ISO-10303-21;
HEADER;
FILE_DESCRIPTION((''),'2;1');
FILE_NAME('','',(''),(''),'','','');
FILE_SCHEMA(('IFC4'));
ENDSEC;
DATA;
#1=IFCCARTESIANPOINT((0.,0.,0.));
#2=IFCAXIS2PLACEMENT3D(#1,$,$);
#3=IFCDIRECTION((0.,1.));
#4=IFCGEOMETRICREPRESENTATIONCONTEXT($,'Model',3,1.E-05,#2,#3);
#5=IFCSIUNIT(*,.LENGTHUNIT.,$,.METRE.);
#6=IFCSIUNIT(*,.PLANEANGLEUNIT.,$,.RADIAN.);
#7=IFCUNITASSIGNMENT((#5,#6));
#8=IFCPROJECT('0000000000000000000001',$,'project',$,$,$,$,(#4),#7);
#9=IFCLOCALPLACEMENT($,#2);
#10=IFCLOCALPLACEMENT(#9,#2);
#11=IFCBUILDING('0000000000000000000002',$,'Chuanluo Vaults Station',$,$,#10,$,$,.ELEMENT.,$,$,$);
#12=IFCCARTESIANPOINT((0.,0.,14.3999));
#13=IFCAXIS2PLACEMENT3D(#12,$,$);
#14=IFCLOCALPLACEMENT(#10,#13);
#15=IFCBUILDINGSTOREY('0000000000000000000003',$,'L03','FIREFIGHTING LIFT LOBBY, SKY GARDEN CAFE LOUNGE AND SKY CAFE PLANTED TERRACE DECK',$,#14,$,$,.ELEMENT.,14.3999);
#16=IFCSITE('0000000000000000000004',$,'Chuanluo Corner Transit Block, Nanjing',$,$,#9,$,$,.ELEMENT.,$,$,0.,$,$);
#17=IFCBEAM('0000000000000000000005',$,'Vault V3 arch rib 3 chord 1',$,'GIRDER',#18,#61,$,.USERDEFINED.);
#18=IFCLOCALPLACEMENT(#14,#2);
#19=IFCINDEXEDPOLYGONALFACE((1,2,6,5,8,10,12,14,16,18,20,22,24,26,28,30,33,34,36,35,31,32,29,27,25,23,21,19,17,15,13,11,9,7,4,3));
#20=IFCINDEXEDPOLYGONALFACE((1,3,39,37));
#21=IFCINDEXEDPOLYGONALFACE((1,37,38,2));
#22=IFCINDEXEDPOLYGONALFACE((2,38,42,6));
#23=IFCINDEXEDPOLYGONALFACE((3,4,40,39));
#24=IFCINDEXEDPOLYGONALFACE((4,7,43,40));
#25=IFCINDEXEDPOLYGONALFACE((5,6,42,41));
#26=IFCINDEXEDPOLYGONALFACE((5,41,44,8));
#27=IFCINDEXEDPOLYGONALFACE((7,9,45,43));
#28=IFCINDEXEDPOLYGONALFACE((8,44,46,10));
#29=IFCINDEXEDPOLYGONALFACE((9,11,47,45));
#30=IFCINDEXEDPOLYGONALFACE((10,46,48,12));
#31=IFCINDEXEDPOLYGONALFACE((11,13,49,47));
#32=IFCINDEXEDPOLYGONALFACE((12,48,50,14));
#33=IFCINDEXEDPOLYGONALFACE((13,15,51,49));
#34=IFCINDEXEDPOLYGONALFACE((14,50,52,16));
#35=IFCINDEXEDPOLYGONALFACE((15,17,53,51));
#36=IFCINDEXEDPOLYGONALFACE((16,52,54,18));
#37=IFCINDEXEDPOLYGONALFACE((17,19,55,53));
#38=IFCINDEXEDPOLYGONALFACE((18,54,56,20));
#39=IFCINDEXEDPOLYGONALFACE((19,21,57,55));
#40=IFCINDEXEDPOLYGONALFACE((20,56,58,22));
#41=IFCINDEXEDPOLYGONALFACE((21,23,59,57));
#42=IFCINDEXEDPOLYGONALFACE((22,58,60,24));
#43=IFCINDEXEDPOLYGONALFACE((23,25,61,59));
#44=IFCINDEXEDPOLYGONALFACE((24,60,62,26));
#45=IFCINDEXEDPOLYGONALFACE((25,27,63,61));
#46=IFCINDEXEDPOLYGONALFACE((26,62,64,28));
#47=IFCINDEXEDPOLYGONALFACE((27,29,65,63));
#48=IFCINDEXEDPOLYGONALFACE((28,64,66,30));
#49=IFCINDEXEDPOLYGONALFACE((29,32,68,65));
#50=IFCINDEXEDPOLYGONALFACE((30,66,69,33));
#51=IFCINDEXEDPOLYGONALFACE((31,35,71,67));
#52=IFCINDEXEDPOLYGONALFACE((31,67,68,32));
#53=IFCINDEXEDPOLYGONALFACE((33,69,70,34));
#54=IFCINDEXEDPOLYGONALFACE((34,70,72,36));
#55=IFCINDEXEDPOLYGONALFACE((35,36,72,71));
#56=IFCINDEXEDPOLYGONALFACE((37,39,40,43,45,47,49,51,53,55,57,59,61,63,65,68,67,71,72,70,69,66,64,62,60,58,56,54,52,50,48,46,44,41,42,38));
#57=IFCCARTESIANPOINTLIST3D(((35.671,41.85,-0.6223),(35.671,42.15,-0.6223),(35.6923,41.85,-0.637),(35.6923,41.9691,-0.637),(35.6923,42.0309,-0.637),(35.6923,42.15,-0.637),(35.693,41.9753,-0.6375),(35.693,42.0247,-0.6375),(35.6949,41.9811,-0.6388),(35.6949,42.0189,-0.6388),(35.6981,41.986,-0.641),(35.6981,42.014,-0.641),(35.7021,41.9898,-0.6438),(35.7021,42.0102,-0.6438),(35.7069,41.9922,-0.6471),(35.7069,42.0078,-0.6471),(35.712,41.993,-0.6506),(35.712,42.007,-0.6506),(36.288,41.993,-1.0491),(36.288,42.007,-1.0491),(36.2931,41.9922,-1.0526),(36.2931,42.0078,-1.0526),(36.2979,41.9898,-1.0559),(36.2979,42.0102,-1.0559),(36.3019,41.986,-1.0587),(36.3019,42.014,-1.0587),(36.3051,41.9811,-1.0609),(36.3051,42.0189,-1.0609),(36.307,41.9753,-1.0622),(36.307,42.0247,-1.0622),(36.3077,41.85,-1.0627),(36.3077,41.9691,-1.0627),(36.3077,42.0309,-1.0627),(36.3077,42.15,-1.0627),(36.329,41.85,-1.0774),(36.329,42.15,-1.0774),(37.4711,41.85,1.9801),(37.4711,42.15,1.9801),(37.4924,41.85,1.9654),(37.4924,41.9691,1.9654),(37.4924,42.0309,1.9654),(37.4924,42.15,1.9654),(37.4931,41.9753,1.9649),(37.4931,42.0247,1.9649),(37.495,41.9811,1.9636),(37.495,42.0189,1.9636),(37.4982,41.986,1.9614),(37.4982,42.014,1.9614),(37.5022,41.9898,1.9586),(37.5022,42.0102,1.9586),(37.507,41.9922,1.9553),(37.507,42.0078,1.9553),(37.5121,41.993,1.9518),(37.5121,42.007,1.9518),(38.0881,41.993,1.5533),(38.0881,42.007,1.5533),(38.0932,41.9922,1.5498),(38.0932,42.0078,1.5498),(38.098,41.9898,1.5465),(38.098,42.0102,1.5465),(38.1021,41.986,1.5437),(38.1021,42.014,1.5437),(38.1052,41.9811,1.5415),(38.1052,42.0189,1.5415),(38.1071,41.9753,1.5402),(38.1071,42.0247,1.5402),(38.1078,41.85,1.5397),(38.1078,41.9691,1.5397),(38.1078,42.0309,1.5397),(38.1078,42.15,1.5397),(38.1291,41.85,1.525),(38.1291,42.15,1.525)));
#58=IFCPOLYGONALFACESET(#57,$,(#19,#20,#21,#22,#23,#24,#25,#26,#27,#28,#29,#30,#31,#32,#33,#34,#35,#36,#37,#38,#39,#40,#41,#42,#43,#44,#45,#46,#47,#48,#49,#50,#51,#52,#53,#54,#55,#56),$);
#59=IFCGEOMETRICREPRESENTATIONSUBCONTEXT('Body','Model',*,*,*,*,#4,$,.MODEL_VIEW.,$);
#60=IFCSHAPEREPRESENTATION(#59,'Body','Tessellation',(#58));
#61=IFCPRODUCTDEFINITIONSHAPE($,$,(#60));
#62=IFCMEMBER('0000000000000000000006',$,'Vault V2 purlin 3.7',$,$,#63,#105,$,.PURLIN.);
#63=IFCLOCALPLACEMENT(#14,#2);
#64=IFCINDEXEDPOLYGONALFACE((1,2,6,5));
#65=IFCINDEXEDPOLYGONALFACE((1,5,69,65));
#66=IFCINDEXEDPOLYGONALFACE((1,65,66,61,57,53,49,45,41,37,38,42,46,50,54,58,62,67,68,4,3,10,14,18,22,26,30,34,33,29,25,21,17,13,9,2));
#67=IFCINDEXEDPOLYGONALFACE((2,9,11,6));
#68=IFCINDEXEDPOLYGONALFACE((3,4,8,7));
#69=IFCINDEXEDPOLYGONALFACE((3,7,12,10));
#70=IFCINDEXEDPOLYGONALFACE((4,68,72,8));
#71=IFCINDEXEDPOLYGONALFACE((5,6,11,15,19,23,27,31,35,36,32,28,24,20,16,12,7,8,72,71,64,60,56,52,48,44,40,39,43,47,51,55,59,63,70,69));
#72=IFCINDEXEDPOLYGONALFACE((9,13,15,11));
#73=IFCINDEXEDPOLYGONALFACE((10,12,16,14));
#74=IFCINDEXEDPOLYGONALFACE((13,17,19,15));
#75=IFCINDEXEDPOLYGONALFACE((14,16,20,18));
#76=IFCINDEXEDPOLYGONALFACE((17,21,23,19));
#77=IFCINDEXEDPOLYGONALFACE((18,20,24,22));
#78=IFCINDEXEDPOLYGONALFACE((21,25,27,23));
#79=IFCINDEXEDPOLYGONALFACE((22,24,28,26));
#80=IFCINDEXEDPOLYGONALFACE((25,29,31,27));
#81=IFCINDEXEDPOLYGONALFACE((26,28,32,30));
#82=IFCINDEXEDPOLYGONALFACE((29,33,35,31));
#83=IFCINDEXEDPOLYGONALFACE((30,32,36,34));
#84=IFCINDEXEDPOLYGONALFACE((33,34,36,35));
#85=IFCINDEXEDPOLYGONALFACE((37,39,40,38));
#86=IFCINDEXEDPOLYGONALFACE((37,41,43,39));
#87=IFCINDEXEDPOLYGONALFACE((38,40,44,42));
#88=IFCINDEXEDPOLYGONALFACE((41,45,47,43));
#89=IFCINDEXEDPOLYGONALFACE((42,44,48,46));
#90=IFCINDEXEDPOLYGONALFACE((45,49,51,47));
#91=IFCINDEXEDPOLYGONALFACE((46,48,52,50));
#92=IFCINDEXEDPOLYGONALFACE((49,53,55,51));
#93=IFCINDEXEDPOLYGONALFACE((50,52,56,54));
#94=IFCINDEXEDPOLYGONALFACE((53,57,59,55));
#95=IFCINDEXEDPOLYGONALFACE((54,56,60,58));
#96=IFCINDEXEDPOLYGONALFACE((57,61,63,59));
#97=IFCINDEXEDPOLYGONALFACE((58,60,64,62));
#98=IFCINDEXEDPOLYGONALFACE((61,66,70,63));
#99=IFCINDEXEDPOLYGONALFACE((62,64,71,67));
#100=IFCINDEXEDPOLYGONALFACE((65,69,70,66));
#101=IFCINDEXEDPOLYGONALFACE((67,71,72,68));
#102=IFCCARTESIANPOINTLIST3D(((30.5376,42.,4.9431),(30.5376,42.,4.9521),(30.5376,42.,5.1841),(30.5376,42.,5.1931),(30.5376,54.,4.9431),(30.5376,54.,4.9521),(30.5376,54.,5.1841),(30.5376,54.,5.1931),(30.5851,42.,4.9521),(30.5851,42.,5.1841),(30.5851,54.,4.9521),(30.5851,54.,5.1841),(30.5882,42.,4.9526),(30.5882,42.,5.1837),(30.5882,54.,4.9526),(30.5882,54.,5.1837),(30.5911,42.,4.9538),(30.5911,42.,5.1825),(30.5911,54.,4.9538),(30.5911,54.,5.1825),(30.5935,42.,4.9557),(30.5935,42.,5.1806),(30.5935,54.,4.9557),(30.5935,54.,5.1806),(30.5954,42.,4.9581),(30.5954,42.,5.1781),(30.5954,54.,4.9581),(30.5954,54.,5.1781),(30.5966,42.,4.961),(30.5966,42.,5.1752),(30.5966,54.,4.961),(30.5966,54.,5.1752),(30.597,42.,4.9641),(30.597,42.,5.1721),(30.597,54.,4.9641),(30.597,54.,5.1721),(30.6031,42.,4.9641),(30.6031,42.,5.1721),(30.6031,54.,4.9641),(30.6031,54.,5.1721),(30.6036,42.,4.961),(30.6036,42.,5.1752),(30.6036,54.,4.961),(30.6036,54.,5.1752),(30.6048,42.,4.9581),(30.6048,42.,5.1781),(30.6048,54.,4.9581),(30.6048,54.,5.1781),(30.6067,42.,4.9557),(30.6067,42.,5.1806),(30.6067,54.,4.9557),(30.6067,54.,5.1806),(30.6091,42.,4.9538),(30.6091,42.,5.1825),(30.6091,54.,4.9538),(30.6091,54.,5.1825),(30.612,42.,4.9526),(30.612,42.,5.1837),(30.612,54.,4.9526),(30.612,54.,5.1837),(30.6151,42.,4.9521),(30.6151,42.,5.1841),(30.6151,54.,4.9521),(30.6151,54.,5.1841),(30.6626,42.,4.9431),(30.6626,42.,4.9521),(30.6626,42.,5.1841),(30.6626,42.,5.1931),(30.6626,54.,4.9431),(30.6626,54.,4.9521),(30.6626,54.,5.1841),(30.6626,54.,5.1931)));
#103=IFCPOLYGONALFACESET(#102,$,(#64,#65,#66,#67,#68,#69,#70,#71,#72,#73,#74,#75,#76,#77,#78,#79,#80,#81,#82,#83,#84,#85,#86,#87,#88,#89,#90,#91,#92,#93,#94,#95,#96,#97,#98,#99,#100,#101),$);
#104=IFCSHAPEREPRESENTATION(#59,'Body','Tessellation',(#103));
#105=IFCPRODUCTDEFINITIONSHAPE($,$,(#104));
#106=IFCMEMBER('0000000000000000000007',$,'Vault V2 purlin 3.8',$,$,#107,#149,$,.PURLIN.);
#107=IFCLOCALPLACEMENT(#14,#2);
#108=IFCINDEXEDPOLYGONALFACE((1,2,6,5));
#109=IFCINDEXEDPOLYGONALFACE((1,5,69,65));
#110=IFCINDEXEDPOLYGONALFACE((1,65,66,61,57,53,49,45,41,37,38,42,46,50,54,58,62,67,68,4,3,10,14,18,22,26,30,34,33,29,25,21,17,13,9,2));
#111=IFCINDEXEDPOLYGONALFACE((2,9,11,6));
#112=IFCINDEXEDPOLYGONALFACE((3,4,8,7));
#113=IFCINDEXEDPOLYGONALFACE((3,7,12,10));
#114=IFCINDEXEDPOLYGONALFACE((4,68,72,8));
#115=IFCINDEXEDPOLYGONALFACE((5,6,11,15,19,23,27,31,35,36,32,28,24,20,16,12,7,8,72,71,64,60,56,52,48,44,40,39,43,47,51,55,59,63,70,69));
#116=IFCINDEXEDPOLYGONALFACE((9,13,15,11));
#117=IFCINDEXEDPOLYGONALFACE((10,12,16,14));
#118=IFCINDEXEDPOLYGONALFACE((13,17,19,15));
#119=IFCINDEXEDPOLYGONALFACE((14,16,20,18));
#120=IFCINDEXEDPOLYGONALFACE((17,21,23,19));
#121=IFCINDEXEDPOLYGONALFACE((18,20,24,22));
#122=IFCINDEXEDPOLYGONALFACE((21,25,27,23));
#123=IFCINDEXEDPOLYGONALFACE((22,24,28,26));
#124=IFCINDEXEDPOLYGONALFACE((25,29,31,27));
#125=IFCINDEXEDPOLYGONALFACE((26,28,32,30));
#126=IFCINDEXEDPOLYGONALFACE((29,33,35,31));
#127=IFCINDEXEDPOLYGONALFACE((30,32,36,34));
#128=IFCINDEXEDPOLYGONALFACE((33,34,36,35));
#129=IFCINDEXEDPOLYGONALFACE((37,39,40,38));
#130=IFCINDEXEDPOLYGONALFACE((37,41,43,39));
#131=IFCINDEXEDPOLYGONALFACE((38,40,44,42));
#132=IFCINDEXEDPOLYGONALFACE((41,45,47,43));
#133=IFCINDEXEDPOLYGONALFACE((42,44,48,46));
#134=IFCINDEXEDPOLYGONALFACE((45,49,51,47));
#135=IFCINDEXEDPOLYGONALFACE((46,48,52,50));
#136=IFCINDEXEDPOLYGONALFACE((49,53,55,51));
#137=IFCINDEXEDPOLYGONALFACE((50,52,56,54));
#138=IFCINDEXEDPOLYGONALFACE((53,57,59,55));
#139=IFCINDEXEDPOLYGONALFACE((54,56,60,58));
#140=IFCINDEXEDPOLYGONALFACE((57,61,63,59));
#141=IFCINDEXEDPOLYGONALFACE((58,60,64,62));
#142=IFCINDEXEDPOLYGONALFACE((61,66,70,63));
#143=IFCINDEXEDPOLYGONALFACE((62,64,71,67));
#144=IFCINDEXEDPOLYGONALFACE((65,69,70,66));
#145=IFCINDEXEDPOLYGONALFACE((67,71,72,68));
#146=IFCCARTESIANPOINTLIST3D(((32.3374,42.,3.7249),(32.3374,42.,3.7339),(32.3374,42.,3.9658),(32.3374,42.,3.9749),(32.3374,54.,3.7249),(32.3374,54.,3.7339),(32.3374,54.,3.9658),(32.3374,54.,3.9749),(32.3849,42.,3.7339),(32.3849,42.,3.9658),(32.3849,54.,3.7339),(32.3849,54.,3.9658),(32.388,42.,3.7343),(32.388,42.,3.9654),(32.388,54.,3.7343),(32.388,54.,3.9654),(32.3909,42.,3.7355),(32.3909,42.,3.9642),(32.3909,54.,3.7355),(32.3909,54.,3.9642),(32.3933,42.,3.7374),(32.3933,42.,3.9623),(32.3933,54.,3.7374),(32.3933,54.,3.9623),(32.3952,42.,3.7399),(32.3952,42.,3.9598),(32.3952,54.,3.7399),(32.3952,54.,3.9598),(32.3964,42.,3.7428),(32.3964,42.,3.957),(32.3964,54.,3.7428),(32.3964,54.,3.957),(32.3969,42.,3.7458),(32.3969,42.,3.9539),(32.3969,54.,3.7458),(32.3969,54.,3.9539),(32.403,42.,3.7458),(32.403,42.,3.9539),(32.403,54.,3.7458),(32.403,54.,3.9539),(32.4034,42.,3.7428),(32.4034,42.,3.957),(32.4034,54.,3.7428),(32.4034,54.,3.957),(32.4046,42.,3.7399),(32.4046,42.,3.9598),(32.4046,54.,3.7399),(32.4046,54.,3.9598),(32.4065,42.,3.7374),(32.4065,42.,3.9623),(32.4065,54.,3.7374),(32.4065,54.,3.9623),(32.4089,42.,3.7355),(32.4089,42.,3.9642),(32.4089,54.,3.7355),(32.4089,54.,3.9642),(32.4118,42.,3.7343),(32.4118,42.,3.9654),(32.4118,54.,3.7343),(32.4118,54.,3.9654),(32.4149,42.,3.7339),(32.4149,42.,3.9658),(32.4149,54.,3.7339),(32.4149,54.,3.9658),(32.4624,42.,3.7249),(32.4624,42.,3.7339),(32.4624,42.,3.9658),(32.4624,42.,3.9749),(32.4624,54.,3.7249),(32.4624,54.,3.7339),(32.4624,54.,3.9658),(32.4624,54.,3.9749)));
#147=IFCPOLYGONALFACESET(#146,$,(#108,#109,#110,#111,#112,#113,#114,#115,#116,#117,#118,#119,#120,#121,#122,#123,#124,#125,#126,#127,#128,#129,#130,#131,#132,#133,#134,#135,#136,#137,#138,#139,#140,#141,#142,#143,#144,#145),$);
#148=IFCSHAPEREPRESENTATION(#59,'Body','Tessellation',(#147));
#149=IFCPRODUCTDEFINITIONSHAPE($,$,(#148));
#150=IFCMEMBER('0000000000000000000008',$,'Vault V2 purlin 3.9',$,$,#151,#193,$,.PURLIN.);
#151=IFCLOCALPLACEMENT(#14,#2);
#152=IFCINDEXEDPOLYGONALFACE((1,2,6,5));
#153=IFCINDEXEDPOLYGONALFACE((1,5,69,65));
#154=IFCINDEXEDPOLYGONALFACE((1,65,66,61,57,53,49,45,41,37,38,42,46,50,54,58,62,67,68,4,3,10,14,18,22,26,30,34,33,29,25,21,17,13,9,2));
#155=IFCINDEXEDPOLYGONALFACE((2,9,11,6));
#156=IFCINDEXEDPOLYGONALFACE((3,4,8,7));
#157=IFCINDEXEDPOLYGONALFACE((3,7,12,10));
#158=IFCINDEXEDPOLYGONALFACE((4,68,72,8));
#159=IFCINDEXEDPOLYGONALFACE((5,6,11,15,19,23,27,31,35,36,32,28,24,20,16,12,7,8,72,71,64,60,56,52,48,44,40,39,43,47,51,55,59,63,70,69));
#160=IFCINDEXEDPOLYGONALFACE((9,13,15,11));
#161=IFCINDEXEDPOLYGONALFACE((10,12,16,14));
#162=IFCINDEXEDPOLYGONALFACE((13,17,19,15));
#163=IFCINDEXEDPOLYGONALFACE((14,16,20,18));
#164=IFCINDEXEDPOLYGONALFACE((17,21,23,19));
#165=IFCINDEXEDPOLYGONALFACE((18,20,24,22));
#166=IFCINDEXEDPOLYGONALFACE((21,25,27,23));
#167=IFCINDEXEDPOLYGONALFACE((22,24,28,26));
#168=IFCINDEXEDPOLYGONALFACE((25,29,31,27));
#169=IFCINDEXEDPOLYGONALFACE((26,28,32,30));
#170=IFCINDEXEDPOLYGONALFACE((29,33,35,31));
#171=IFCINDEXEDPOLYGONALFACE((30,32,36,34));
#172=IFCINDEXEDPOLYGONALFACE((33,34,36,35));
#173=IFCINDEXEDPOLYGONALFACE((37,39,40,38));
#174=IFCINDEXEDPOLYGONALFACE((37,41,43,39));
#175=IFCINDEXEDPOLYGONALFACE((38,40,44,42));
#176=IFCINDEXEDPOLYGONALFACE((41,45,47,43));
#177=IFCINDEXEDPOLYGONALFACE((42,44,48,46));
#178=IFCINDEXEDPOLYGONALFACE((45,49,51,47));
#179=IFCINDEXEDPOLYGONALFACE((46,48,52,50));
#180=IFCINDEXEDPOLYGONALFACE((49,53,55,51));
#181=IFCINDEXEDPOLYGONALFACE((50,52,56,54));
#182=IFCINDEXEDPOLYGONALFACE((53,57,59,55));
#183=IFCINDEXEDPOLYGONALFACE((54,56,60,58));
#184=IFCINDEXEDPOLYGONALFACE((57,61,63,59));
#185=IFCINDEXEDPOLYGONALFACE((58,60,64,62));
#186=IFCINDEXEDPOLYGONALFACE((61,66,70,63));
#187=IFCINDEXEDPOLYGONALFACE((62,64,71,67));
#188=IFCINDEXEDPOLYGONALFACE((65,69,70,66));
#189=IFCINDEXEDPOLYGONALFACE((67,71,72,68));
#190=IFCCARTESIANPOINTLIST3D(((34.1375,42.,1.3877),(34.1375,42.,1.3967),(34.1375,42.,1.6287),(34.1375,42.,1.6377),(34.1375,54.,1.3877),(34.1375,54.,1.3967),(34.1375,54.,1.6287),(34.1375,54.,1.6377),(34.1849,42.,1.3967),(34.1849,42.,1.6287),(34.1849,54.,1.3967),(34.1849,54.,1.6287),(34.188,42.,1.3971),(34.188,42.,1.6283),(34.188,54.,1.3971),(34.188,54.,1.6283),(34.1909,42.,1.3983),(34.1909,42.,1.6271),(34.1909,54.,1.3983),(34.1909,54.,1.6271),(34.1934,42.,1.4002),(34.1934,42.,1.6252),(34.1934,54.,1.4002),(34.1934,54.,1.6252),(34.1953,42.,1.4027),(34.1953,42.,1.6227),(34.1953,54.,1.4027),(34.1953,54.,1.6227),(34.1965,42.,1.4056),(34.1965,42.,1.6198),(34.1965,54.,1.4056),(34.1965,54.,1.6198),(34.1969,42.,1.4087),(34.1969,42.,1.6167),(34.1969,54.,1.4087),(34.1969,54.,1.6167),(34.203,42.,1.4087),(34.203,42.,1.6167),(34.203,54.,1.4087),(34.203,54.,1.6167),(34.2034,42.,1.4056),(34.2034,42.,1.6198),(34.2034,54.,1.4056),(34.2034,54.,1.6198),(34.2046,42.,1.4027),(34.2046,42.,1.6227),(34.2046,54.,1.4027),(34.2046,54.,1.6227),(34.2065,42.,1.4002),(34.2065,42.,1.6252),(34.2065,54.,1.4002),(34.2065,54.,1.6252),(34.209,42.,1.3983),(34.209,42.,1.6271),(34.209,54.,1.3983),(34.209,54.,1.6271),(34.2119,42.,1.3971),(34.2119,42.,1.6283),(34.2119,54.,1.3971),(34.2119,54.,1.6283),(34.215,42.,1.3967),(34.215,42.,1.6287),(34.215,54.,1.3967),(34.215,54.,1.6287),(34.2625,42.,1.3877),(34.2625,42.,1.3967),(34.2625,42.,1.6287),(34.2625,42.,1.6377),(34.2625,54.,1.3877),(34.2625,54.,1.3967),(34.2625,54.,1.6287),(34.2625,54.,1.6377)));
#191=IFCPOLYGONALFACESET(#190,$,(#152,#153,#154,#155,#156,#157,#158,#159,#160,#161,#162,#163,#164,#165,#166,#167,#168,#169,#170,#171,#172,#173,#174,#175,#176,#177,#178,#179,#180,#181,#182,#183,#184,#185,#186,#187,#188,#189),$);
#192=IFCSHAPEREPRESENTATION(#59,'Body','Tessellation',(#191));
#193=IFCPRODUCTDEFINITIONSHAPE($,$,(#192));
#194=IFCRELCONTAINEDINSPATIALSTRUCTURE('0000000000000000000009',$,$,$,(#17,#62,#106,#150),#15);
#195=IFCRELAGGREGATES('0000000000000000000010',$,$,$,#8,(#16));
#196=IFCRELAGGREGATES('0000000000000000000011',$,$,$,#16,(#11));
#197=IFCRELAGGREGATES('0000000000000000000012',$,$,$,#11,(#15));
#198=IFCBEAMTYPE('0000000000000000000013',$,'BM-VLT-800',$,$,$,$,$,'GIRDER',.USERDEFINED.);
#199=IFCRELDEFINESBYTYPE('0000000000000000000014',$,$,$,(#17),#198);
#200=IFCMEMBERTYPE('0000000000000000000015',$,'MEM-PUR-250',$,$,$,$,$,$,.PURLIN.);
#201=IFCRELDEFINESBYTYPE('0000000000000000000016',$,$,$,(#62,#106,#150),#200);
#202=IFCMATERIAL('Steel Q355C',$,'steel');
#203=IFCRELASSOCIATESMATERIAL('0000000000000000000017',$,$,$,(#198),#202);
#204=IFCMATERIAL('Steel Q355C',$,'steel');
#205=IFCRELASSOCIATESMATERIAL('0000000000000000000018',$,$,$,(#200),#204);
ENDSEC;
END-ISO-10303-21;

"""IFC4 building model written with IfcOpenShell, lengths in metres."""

from ifc_helpers import new_model, si_unit, direction, frame, origin, origin_2d, place, context, subcontext, project, spatial, i_section, extrude, material, material_profile, profile_set, type_object, element, save


model = new_model("IFC4")

# Units and contexts
model_context = context("Model", 3, precision=1e-05, world=origin(), true_north=direction((0.0, 1.0)))
body_context = subcontext(model_context, "Body", "Model", "MODEL_VIEW")
ifc_project = project(units=[si_unit("LENGTHUNIT", "METRE"), si_unit("PLANEANGLEUNIT", "RADIAN")], contexts=[model_context])

# Site, building, storey
site_placement = place(None, origin())
site = spatial("IfcSite", under=ifc_project, at=site_placement, Name="Chuanluo Corner Transit Block, Nanjing", CompositionType="ELEMENT", RefElevation=0.0)
building_placement = place(site_placement, origin())
building = spatial("IfcBuilding", under=site, at=building_placement, Name="Chuanluo Vaults Station", CompositionType="ELEMENT")
storey_placement = place(building_placement, frame((0.0, 0.0, 14.3999)))
storey = spatial("IfcBuildingStorey", under=building, at=storey_placement, Name="L03", Description="FIREFIGHTING LIFT LOBBY, SKY GARDEN CAFE LOUNGE AND SKY CAFE PLANTED TERRACE DECK", CompositionType="ELEMENT", Elevation=14.3999)

# Beam
ifc_material_1 = material(Name="Steel Q355C", Category="steel")
ifc_material_profile_1 = material_profile(ifc_material_1, i_section(OverallWidth=0.3, OverallDepth=0.8, WebThickness=0.0139, FlangeThickness=0.0259, FilletRadius=0.0239, at=origin_2d()))
ifc_profile_set_1 = profile_set([ifc_material_profile_1], Name="Steel Q355C")
beam_type_1 = type_object("IfcBeamType", Name="BM-VLT-800", ElementType="GIRDER", PredefinedType="USERDEFINED", material=ifc_profile_set_1)
for number, where, z_axis, x_axis, name in (
    (1, (36.0, 42.0, -0.8499), (0.568881, 0.0, 0.82242), (0.0, 1.0, 0.0), "Vault V3 arch rib 3 chord 1"),
):
    element("IfcBeam", number, at=place(storey_placement, frame(where, z_axis=z_axis, x_axis=x_axis)), inside=storey, type_object=beam_type_1, Name=name, ObjectType="GIRDER", PredefinedType="USERDEFINED", context=body_context, shape_type="SweptSolid", body=[
        extrude(i_section(OverallWidth=0.3, OverallDepth=0.8, WebThickness=0.0139, FlangeThickness=0.0259, FilletRadius=0.0239, at=origin_2d()), origin(), (0.0, 0.0, 1.0), 3.1643),
    ])

# Members
ifc_material_2 = material(Name="Steel Q355C", Category="steel")
ifc_material_profile_2 = material_profile(ifc_material_2, i_section(OverallWidth=0.125, OverallDepth=0.25, WebThickness=0.0061, FlangeThickness=0.009, FilletRadius=0.012, at=origin_2d()))
ifc_profile_set_2 = profile_set([ifc_material_profile_2], Name="Steel Q355C")
member_type_1 = type_object("IfcMemberType", Name="MEM-PUR-250", PredefinedType="PURLIN", material=ifc_profile_set_2)
for number, where, z_axis, x_axis, name in (
    (2, (30.6001, 42.0, 5.0681), (0.0, 1.0, 0.0), (-1.0, 0.0, 0.0), "Vault V2 purlin 3.7"),
    (3, (32.3999, 42.0, 3.8499), (0.0, 1.0, 0.0), (-1.0, 0.0, 0.0), "Vault V2 purlin 3.8"),
    (4, (34.2, 42.0, 1.5127), (0.0, 1.0, 0.0), (-1.0, 0.0, 0.0), "Vault V2 purlin 3.9"),
):
    element("IfcMember", number, at=place(storey_placement, frame(where, z_axis=z_axis, x_axis=x_axis)), inside=storey, type_object=member_type_1, Name=name, PredefinedType="PURLIN", context=body_context, shape_type="SweptSolid", body=[
        extrude(i_section(OverallWidth=0.125, OverallDepth=0.25, WebThickness=0.0061, FlangeThickness=0.009, FilletRadius=0.012, at=origin_2d()), origin(), (0.0, 0.0, 1.0), 12.0),
    ])

save(model, "model.ifc")
